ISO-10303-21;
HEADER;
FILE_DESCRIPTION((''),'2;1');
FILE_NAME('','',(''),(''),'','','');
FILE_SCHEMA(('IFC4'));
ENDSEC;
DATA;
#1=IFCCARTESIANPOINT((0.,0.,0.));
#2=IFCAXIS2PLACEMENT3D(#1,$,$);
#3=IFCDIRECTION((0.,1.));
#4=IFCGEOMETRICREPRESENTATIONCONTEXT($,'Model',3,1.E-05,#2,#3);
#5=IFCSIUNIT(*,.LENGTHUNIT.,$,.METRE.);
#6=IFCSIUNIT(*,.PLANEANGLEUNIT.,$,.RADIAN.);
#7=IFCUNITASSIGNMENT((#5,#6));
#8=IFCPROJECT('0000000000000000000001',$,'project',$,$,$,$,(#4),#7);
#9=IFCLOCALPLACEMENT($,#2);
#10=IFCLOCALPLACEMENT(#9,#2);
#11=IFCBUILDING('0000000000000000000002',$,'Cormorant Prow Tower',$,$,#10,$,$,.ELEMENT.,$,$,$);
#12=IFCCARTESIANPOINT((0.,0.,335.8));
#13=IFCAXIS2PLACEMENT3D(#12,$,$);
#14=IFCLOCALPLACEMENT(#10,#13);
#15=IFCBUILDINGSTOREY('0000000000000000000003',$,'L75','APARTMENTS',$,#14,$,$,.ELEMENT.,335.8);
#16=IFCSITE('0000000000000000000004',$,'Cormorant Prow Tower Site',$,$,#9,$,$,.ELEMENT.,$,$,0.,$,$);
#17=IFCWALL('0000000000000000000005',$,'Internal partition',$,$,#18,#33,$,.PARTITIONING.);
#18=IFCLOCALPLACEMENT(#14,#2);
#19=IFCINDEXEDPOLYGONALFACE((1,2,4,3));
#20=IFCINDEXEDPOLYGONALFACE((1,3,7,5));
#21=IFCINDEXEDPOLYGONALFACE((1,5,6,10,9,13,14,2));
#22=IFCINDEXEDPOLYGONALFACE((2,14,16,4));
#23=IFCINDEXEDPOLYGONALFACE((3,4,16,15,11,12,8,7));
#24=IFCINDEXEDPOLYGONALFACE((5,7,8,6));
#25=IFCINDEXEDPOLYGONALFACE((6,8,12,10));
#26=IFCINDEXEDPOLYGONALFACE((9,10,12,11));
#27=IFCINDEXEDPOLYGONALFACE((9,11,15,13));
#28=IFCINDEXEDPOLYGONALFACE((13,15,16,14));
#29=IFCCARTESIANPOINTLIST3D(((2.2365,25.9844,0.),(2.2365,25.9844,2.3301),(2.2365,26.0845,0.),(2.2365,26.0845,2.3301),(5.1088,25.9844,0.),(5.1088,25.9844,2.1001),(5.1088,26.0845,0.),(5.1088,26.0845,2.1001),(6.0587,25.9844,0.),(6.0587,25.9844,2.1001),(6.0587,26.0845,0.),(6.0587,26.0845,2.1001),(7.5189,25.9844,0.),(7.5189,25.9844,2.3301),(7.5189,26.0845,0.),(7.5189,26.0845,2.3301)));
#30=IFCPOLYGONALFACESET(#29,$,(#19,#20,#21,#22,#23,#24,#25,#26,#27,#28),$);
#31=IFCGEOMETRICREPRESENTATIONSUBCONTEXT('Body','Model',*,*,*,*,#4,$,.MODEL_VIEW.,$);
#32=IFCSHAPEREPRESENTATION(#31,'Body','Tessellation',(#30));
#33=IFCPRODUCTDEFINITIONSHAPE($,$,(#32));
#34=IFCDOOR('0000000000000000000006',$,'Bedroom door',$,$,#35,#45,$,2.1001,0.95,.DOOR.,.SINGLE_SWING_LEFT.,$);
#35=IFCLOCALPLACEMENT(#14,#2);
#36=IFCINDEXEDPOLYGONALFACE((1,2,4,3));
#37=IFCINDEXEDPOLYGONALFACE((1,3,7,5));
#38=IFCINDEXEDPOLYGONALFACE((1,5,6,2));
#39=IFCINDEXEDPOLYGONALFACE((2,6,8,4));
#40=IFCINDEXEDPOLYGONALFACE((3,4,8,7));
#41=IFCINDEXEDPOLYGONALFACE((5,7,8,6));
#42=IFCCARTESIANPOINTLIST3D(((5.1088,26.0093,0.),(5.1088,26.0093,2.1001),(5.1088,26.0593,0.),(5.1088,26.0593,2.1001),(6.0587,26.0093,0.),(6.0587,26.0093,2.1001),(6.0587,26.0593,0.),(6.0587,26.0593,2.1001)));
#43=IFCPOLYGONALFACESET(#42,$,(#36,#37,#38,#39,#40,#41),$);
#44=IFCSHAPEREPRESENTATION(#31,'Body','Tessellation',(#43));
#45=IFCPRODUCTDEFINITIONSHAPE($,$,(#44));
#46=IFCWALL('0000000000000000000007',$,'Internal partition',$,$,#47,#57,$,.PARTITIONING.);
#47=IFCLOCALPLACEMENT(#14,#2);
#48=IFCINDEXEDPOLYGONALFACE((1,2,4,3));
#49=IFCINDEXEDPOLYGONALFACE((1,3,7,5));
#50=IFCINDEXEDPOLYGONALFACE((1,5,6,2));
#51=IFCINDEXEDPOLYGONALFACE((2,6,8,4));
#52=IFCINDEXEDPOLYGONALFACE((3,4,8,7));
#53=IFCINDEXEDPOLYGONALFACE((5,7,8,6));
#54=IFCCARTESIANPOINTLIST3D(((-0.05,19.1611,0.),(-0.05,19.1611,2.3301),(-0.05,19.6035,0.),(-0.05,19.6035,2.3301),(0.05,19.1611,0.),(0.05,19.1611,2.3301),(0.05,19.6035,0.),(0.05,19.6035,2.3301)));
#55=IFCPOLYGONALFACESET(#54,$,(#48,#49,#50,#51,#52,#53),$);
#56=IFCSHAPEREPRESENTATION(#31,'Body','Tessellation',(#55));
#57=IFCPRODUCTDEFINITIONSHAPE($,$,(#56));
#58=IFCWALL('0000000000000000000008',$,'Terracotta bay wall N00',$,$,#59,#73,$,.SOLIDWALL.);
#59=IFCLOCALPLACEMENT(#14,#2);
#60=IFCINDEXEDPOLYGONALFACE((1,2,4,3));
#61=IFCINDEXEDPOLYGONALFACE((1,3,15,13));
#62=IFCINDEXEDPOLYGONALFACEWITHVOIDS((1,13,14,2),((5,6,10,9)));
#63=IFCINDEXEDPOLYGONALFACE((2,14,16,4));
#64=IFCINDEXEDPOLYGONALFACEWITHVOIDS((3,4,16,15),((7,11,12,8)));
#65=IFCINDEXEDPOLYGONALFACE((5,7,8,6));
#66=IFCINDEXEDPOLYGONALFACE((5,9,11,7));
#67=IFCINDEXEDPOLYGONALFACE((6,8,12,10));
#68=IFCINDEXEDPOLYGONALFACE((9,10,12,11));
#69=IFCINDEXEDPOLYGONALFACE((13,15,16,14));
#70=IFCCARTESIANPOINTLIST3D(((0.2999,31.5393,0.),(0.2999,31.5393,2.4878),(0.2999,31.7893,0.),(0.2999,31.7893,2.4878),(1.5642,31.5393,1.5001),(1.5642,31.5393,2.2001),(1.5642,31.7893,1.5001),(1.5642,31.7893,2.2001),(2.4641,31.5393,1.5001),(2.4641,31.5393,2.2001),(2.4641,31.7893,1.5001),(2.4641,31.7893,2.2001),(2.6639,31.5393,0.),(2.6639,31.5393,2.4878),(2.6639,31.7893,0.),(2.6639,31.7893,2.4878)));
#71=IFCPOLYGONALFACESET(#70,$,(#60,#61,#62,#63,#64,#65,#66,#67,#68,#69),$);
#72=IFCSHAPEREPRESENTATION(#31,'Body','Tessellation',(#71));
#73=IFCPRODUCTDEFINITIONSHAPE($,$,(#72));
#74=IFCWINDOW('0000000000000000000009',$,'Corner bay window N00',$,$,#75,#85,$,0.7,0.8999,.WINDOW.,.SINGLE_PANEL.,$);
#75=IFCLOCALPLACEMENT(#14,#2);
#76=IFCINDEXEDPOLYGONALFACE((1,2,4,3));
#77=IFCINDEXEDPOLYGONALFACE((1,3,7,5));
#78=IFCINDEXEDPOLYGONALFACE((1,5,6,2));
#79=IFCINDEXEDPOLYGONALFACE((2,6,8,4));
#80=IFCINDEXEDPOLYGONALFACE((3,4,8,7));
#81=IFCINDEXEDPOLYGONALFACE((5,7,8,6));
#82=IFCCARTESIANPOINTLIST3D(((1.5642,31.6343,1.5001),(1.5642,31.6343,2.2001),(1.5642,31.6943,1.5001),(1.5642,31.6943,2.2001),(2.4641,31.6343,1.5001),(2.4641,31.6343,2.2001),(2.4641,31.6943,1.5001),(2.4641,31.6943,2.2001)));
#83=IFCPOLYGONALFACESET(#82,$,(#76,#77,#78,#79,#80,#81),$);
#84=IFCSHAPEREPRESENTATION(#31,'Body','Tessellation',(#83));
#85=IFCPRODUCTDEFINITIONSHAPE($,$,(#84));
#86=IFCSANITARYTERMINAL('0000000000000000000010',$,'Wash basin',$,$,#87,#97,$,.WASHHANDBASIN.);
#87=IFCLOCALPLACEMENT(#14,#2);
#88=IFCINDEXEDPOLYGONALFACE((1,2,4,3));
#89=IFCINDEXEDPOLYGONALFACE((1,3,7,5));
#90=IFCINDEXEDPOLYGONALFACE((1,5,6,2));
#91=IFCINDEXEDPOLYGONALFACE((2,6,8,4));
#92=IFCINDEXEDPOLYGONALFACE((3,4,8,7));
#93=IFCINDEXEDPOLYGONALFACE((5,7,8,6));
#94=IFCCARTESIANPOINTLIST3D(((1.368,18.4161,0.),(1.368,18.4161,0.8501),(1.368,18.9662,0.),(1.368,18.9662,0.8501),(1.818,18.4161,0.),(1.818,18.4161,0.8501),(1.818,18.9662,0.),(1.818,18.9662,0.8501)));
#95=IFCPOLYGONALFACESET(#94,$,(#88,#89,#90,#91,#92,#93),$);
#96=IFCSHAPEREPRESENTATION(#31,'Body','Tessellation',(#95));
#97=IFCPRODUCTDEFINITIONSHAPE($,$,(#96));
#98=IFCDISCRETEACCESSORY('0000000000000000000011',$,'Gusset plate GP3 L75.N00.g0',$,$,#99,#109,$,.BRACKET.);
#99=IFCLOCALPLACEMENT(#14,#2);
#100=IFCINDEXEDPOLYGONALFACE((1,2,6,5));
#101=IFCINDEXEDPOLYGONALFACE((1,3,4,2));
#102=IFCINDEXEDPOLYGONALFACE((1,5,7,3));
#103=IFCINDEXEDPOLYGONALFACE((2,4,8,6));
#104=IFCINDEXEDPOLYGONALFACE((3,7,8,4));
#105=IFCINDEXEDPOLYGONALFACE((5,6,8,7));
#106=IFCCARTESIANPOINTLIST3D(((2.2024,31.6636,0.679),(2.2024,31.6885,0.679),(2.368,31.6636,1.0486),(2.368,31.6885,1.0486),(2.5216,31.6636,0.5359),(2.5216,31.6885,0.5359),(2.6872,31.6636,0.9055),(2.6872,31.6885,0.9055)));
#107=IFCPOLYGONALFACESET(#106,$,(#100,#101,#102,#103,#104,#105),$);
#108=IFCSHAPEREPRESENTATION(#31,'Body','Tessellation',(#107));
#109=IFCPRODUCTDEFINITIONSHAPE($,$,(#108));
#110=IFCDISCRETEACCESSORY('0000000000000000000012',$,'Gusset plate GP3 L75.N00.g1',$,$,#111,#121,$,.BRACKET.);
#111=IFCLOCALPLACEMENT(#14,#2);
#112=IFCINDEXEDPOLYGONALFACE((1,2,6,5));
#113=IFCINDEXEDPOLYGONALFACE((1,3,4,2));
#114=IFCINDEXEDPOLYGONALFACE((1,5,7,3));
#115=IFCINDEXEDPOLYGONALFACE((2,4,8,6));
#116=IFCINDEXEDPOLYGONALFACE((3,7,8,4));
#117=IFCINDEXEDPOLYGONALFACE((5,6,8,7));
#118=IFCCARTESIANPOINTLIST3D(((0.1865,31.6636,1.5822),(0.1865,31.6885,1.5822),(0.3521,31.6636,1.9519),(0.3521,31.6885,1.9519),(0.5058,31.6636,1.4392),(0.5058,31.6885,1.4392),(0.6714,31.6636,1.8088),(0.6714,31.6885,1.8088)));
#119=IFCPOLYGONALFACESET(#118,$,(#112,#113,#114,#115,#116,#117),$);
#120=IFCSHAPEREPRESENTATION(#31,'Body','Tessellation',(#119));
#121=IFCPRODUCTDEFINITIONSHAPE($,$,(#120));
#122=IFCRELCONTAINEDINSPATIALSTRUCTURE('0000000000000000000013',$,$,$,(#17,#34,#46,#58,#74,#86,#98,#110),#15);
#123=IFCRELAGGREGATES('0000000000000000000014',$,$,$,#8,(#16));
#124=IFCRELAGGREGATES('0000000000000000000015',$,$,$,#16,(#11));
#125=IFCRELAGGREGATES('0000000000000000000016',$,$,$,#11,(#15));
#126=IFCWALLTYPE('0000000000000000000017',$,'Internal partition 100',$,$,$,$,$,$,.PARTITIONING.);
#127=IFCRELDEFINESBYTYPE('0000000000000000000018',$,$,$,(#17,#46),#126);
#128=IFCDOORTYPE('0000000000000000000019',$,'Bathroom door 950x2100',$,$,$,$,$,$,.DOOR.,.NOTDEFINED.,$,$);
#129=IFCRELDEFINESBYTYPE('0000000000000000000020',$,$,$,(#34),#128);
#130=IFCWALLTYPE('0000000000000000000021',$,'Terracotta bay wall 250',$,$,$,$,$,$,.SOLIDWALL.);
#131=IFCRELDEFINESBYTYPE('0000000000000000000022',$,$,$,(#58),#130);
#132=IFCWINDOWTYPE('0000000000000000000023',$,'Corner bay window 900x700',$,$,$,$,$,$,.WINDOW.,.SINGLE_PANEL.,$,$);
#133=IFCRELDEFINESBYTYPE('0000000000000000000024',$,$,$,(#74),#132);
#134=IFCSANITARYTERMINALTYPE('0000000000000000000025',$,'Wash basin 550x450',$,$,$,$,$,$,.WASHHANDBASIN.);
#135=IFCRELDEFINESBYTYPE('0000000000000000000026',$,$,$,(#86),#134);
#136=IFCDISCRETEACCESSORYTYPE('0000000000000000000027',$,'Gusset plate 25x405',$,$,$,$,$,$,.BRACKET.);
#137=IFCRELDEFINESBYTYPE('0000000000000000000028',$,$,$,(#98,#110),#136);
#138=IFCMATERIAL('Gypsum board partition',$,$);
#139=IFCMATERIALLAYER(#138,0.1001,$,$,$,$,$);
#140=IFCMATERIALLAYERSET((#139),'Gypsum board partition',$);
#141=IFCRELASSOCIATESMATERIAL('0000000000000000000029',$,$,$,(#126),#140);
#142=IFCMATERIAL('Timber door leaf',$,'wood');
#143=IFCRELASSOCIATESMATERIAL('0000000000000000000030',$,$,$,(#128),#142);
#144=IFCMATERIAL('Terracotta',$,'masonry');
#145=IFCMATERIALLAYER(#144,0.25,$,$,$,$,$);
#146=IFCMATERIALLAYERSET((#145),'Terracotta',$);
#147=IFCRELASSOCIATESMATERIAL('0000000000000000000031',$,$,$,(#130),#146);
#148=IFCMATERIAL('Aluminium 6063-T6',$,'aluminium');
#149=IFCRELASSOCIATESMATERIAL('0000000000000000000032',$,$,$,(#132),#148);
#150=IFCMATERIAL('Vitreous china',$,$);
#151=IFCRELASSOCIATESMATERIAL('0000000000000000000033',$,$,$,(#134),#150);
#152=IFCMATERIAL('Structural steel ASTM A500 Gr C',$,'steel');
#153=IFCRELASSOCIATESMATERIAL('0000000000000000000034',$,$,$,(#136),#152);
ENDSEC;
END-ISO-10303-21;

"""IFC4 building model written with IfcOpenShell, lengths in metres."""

from ifc_helpers import new_model, si_unit, direction, frame, frame_2d, origin, origin_2d, place, context, subcontext, project, spatial, rectangle, extrude, material, layer, layer_set, material_profile, profile_set, type_object, element, fill, save


model = new_model("IFC4")

# Units and contexts
model_context = context("Model", 3, precision=1e-05, world=origin(), true_north=direction((0.0, 1.0)))
body_context = subcontext(model_context, "Body", "Model", "MODEL_VIEW")
ifc_project = project(units=[si_unit("LENGTHUNIT", "METRE"), si_unit("PLANEANGLEUNIT", "RADIAN")], contexts=[model_context])

# Site, building, storey
site_placement = place(None, origin())
site = spatial("IfcSite", under=ifc_project, at=site_placement, Name="Cormorant Prow Tower Site", CompositionType="ELEMENT", RefElevation=0.0)
building_placement = place(site_placement, origin())
building = spatial("IfcBuilding", under=site, at=building_placement, Name="Cormorant Prow Tower", CompositionType="ELEMENT")
storey_placement = place(building_placement, frame((0.0, 0.0, 335.8)))
storey = spatial("IfcBuildingStorey", under=building, at=storey_placement, Name="L75", Description="APARTMENTS", CompositionType="ELEMENT", Elevation=335.8)

# Wall, opening, door
ifc_material_1 = material(Name="Gypsum board partition")
ifc_layer_1 = layer(ifc_material_1, 0.1001)
ifc_layer_set_1 = layer_set([ifc_layer_1], Name="Gypsum board partition")
wall_type_1 = type_object("IfcWallType", Name="Internal partition 100", PredefinedType="PARTITIONING", material=ifc_layer_set_1)
ifc_material_2 = material(Name="Timber door leaf", Category="wood")
door_type = type_object("IfcDoorType", Name="Bathroom door 950x2100", OperationType="NOTDEFINED", PredefinedType="DOOR", material=ifc_material_2)
wall_1_placement = place(storey_placement, frame((2.2366, 26.0344, 0.0), z_axis=(0.0, 0.0, 1.0), x_axis=(1.0, 0.0, 0.0)))
wall_1 = element("IfcWall", 1, at=wall_1_placement, inside=storey, type_object=wall_type_1, Name="Internal partition", PredefinedType="PARTITIONING", context=body_context, shape_type="SweptSolid", body=[
    extrude(rectangle(XDim=5.2825, YDim=0.1001, at=frame_2d((2.6411, 0.0))), origin(), (0.0, 0.0, 1.0), 2.3301),
])
opening_1_placement = place(wall_1_placement, frame((2.8721, 0.0, 0.0)))
opening_1 = element("IfcOpeningElement", 2, at=opening_1_placement, cuts=wall_1, PredefinedType="OPENING", context=body_context, shape_type="SweptSolid", body=[
    extrude(rectangle(XDim=0.95, YDim=2.1001, at=frame_2d((0.4751, 1.05))), frame((0.0, 0.0601, 0.0), z_axis=(0.0, -1.0, 0.0), x_axis=(1.0, 0.0, 0.0)), (0.0, 0.0, 1.0), 0.1201),
])
door_1_placement = place(opening_1_placement, origin())
door_1 = element("IfcDoor", 3, at=door_1_placement, inside=storey, type_object=door_type, Name="Bedroom door", OperationType="SINGLE_SWING_LEFT", OverallHeight=2.1001, OverallWidth=0.95, PredefinedType="DOOR", context=body_context, shape_type="SweptSolid", body=[
    extrude(rectangle(XDim=0.95, YDim=2.1001, at=frame_2d((0.4751, 1.05))), frame((0.0, 0.0249, 0.0), z_axis=(0.0, -1.0, 0.0), x_axis=(1.0, 0.0, 0.0)), (0.0, 0.0, 1.0), 0.05),
])
fill(opening_1, door_1)

# Wall
wall_2_placement = place(storey_placement, frame((0.0, 19.1611, 0.0), z_axis=(0.0, 0.0, 1.0), x_axis=(0.0, 1.0, 0.0)))
element("IfcWall", 4, at=wall_2_placement, inside=storey, type_object=wall_type_1, Name="Internal partition", PredefinedType="PARTITIONING", context=body_context, shape_type="SweptSolid", body=[
    extrude(rectangle(XDim=0.4424, YDim=0.1001, at=frame_2d((0.2212, 0.0))), origin(), (0.0, 0.0, 1.0), 2.3301),
])

# Wall, opening, window
ifc_material_3 = material(Name="Terracotta", Category="masonry")
ifc_layer_2 = layer(ifc_material_3, 0.25)
ifc_layer_set_2 = layer_set([ifc_layer_2], Name="Terracotta")
wall_type_2 = type_object("IfcWallType", Name="Terracotta bay wall 250", PredefinedType="SOLIDWALL", material=ifc_layer_set_2)
wall_3_placement = place(storey_placement, frame((2.6641, 31.6643, 0.0), z_axis=(0.0, 0.0, 1.0), x_axis=(-1.0, 0.0, 0.0)))
wall_3 = element("IfcWall", 5, at=wall_3_placement, inside=storey, type_object=wall_type_2, Name="Terracotta bay wall N00", PredefinedType="SOLIDWALL", context=body_context, shape_type="SweptSolid", body=[
    extrude(rectangle(XDim=2.364, YDim=0.25, at=frame_2d((1.1821, 0.0))), origin(), (0.0, 0.0, 1.0), 2.4878),
])
opening_2_placement = place(wall_3_placement, frame((0.2, 0.0, 1.5)))
opening_2 = element("IfcOpeningElement", 6, at=opening_2_placement, cuts=wall_3, PredefinedType="OPENING", context=body_context, shape_type="SweptSolid", body=[
    extrude(rectangle(XDim=0.8999, YDim=0.7, at=frame_2d((0.45, 0.3501))), frame((0.0, 0.135, 0.0), z_axis=(0.0, -1.0, 0.0), x_axis=(1.0, 0.0, 0.0)), (0.0, 0.0, 1.0), 0.27),
])
ifc_material_4 = material(Name="Aluminium 6063-T6", Category="aluminium")
window_type = type_object("IfcWindowType", Name="Corner bay window 900x700", PartitioningType="SINGLE_PANEL", PredefinedType="WINDOW", material=ifc_material_4)
window_placement = place(opening_2_placement, origin())
window = element("IfcWindow", 7, at=window_placement, inside=storey, type_object=window_type, Name="Corner bay window N00", OverallHeight=0.7, OverallWidth=0.8999, PartitioningType="SINGLE_PANEL", PredefinedType="WINDOW", context=body_context, shape_type="SweptSolid", body=[
    extrude(rectangle(XDim=0.8999, YDim=0.7, at=frame_2d((0.45, 0.3501))), frame((0.0, 0.03, 0.0), z_axis=(0.0, -1.0, 0.0), x_axis=(1.0, 0.0, 0.0)), (0.0, 0.0, 1.0), 0.0601),
])
fill(opening_2, window)

# Sanitary terminal
ifc_material_5 = material(Name="Vitreous china")
sanitary_terminal_type = type_object("IfcSanitaryTerminalType", Name="Wash basin 550x450", PredefinedType="WASHHANDBASIN", material=ifc_material_5)
sanitary_terminal_placement = place(storey_placement, frame((1.593, 18.6912, 0.0), z_axis=(0.0, 0.0, 1.0), x_axis=(0.0, -1.0, 0.0)))
element("IfcSanitaryTerminal", 8, at=sanitary_terminal_placement, inside=storey, type_object=sanitary_terminal_type, Name="Wash basin", PredefinedType="WASHHANDBASIN", context=body_context, shape_type="SweptSolid", body=[
    extrude(rectangle(XDim=0.55, YDim=0.45, at=origin_2d()), origin(), (0.0, 0.0, 1.0), 0.8501),
])

# Discrete accessories
ifc_material_6 = material(Name="Structural steel ASTM A500 Gr C", Category="steel")
ifc_material_profile_1 = material_profile(ifc_material_6, rectangle(XDim=0.0249, YDim=0.405, at=origin_2d()), Name="Gusset plate 25x405")
ifc_profile_set_1 = profile_set([ifc_material_profile_1], Name="Structural steel ASTM A500 Gr C")
discrete_accessory_type = type_object("IfcDiscreteAccessoryType", Name="Gusset plate 25x405", PredefinedType="BRACKET", material=ifc_profile_set_1)
for number, where, z_axis, x_axis, name in (
    (9, (2.2852, 31.676, 0.8638), (0.912599, 0.0, -0.408856), (0.0, 1.0, 0.0), "Gusset plate GP3 L75.N00.g0"),
    (10, (0.5886, 31.676, 1.624), (-0.912599, 0.0, 0.408856), (0.0, -1.0, 0.0), "Gusset plate GP3 L75.N00.g1"),
):
    element("IfcDiscreteAccessory", number, at=place(storey_placement, frame(where, z_axis=z_axis, x_axis=x_axis)), inside=storey, type_object=discrete_accessory_type, Name=name, PredefinedType="BRACKET", context=body_context, shape_type="SweptSolid", body=[
        extrude(rectangle(XDim=0.0249, YDim=0.405, at=origin_2d()), origin(), (0.0, 0.0, 1.0), 0.3499),
    ])

save(model, "model.ifc")
